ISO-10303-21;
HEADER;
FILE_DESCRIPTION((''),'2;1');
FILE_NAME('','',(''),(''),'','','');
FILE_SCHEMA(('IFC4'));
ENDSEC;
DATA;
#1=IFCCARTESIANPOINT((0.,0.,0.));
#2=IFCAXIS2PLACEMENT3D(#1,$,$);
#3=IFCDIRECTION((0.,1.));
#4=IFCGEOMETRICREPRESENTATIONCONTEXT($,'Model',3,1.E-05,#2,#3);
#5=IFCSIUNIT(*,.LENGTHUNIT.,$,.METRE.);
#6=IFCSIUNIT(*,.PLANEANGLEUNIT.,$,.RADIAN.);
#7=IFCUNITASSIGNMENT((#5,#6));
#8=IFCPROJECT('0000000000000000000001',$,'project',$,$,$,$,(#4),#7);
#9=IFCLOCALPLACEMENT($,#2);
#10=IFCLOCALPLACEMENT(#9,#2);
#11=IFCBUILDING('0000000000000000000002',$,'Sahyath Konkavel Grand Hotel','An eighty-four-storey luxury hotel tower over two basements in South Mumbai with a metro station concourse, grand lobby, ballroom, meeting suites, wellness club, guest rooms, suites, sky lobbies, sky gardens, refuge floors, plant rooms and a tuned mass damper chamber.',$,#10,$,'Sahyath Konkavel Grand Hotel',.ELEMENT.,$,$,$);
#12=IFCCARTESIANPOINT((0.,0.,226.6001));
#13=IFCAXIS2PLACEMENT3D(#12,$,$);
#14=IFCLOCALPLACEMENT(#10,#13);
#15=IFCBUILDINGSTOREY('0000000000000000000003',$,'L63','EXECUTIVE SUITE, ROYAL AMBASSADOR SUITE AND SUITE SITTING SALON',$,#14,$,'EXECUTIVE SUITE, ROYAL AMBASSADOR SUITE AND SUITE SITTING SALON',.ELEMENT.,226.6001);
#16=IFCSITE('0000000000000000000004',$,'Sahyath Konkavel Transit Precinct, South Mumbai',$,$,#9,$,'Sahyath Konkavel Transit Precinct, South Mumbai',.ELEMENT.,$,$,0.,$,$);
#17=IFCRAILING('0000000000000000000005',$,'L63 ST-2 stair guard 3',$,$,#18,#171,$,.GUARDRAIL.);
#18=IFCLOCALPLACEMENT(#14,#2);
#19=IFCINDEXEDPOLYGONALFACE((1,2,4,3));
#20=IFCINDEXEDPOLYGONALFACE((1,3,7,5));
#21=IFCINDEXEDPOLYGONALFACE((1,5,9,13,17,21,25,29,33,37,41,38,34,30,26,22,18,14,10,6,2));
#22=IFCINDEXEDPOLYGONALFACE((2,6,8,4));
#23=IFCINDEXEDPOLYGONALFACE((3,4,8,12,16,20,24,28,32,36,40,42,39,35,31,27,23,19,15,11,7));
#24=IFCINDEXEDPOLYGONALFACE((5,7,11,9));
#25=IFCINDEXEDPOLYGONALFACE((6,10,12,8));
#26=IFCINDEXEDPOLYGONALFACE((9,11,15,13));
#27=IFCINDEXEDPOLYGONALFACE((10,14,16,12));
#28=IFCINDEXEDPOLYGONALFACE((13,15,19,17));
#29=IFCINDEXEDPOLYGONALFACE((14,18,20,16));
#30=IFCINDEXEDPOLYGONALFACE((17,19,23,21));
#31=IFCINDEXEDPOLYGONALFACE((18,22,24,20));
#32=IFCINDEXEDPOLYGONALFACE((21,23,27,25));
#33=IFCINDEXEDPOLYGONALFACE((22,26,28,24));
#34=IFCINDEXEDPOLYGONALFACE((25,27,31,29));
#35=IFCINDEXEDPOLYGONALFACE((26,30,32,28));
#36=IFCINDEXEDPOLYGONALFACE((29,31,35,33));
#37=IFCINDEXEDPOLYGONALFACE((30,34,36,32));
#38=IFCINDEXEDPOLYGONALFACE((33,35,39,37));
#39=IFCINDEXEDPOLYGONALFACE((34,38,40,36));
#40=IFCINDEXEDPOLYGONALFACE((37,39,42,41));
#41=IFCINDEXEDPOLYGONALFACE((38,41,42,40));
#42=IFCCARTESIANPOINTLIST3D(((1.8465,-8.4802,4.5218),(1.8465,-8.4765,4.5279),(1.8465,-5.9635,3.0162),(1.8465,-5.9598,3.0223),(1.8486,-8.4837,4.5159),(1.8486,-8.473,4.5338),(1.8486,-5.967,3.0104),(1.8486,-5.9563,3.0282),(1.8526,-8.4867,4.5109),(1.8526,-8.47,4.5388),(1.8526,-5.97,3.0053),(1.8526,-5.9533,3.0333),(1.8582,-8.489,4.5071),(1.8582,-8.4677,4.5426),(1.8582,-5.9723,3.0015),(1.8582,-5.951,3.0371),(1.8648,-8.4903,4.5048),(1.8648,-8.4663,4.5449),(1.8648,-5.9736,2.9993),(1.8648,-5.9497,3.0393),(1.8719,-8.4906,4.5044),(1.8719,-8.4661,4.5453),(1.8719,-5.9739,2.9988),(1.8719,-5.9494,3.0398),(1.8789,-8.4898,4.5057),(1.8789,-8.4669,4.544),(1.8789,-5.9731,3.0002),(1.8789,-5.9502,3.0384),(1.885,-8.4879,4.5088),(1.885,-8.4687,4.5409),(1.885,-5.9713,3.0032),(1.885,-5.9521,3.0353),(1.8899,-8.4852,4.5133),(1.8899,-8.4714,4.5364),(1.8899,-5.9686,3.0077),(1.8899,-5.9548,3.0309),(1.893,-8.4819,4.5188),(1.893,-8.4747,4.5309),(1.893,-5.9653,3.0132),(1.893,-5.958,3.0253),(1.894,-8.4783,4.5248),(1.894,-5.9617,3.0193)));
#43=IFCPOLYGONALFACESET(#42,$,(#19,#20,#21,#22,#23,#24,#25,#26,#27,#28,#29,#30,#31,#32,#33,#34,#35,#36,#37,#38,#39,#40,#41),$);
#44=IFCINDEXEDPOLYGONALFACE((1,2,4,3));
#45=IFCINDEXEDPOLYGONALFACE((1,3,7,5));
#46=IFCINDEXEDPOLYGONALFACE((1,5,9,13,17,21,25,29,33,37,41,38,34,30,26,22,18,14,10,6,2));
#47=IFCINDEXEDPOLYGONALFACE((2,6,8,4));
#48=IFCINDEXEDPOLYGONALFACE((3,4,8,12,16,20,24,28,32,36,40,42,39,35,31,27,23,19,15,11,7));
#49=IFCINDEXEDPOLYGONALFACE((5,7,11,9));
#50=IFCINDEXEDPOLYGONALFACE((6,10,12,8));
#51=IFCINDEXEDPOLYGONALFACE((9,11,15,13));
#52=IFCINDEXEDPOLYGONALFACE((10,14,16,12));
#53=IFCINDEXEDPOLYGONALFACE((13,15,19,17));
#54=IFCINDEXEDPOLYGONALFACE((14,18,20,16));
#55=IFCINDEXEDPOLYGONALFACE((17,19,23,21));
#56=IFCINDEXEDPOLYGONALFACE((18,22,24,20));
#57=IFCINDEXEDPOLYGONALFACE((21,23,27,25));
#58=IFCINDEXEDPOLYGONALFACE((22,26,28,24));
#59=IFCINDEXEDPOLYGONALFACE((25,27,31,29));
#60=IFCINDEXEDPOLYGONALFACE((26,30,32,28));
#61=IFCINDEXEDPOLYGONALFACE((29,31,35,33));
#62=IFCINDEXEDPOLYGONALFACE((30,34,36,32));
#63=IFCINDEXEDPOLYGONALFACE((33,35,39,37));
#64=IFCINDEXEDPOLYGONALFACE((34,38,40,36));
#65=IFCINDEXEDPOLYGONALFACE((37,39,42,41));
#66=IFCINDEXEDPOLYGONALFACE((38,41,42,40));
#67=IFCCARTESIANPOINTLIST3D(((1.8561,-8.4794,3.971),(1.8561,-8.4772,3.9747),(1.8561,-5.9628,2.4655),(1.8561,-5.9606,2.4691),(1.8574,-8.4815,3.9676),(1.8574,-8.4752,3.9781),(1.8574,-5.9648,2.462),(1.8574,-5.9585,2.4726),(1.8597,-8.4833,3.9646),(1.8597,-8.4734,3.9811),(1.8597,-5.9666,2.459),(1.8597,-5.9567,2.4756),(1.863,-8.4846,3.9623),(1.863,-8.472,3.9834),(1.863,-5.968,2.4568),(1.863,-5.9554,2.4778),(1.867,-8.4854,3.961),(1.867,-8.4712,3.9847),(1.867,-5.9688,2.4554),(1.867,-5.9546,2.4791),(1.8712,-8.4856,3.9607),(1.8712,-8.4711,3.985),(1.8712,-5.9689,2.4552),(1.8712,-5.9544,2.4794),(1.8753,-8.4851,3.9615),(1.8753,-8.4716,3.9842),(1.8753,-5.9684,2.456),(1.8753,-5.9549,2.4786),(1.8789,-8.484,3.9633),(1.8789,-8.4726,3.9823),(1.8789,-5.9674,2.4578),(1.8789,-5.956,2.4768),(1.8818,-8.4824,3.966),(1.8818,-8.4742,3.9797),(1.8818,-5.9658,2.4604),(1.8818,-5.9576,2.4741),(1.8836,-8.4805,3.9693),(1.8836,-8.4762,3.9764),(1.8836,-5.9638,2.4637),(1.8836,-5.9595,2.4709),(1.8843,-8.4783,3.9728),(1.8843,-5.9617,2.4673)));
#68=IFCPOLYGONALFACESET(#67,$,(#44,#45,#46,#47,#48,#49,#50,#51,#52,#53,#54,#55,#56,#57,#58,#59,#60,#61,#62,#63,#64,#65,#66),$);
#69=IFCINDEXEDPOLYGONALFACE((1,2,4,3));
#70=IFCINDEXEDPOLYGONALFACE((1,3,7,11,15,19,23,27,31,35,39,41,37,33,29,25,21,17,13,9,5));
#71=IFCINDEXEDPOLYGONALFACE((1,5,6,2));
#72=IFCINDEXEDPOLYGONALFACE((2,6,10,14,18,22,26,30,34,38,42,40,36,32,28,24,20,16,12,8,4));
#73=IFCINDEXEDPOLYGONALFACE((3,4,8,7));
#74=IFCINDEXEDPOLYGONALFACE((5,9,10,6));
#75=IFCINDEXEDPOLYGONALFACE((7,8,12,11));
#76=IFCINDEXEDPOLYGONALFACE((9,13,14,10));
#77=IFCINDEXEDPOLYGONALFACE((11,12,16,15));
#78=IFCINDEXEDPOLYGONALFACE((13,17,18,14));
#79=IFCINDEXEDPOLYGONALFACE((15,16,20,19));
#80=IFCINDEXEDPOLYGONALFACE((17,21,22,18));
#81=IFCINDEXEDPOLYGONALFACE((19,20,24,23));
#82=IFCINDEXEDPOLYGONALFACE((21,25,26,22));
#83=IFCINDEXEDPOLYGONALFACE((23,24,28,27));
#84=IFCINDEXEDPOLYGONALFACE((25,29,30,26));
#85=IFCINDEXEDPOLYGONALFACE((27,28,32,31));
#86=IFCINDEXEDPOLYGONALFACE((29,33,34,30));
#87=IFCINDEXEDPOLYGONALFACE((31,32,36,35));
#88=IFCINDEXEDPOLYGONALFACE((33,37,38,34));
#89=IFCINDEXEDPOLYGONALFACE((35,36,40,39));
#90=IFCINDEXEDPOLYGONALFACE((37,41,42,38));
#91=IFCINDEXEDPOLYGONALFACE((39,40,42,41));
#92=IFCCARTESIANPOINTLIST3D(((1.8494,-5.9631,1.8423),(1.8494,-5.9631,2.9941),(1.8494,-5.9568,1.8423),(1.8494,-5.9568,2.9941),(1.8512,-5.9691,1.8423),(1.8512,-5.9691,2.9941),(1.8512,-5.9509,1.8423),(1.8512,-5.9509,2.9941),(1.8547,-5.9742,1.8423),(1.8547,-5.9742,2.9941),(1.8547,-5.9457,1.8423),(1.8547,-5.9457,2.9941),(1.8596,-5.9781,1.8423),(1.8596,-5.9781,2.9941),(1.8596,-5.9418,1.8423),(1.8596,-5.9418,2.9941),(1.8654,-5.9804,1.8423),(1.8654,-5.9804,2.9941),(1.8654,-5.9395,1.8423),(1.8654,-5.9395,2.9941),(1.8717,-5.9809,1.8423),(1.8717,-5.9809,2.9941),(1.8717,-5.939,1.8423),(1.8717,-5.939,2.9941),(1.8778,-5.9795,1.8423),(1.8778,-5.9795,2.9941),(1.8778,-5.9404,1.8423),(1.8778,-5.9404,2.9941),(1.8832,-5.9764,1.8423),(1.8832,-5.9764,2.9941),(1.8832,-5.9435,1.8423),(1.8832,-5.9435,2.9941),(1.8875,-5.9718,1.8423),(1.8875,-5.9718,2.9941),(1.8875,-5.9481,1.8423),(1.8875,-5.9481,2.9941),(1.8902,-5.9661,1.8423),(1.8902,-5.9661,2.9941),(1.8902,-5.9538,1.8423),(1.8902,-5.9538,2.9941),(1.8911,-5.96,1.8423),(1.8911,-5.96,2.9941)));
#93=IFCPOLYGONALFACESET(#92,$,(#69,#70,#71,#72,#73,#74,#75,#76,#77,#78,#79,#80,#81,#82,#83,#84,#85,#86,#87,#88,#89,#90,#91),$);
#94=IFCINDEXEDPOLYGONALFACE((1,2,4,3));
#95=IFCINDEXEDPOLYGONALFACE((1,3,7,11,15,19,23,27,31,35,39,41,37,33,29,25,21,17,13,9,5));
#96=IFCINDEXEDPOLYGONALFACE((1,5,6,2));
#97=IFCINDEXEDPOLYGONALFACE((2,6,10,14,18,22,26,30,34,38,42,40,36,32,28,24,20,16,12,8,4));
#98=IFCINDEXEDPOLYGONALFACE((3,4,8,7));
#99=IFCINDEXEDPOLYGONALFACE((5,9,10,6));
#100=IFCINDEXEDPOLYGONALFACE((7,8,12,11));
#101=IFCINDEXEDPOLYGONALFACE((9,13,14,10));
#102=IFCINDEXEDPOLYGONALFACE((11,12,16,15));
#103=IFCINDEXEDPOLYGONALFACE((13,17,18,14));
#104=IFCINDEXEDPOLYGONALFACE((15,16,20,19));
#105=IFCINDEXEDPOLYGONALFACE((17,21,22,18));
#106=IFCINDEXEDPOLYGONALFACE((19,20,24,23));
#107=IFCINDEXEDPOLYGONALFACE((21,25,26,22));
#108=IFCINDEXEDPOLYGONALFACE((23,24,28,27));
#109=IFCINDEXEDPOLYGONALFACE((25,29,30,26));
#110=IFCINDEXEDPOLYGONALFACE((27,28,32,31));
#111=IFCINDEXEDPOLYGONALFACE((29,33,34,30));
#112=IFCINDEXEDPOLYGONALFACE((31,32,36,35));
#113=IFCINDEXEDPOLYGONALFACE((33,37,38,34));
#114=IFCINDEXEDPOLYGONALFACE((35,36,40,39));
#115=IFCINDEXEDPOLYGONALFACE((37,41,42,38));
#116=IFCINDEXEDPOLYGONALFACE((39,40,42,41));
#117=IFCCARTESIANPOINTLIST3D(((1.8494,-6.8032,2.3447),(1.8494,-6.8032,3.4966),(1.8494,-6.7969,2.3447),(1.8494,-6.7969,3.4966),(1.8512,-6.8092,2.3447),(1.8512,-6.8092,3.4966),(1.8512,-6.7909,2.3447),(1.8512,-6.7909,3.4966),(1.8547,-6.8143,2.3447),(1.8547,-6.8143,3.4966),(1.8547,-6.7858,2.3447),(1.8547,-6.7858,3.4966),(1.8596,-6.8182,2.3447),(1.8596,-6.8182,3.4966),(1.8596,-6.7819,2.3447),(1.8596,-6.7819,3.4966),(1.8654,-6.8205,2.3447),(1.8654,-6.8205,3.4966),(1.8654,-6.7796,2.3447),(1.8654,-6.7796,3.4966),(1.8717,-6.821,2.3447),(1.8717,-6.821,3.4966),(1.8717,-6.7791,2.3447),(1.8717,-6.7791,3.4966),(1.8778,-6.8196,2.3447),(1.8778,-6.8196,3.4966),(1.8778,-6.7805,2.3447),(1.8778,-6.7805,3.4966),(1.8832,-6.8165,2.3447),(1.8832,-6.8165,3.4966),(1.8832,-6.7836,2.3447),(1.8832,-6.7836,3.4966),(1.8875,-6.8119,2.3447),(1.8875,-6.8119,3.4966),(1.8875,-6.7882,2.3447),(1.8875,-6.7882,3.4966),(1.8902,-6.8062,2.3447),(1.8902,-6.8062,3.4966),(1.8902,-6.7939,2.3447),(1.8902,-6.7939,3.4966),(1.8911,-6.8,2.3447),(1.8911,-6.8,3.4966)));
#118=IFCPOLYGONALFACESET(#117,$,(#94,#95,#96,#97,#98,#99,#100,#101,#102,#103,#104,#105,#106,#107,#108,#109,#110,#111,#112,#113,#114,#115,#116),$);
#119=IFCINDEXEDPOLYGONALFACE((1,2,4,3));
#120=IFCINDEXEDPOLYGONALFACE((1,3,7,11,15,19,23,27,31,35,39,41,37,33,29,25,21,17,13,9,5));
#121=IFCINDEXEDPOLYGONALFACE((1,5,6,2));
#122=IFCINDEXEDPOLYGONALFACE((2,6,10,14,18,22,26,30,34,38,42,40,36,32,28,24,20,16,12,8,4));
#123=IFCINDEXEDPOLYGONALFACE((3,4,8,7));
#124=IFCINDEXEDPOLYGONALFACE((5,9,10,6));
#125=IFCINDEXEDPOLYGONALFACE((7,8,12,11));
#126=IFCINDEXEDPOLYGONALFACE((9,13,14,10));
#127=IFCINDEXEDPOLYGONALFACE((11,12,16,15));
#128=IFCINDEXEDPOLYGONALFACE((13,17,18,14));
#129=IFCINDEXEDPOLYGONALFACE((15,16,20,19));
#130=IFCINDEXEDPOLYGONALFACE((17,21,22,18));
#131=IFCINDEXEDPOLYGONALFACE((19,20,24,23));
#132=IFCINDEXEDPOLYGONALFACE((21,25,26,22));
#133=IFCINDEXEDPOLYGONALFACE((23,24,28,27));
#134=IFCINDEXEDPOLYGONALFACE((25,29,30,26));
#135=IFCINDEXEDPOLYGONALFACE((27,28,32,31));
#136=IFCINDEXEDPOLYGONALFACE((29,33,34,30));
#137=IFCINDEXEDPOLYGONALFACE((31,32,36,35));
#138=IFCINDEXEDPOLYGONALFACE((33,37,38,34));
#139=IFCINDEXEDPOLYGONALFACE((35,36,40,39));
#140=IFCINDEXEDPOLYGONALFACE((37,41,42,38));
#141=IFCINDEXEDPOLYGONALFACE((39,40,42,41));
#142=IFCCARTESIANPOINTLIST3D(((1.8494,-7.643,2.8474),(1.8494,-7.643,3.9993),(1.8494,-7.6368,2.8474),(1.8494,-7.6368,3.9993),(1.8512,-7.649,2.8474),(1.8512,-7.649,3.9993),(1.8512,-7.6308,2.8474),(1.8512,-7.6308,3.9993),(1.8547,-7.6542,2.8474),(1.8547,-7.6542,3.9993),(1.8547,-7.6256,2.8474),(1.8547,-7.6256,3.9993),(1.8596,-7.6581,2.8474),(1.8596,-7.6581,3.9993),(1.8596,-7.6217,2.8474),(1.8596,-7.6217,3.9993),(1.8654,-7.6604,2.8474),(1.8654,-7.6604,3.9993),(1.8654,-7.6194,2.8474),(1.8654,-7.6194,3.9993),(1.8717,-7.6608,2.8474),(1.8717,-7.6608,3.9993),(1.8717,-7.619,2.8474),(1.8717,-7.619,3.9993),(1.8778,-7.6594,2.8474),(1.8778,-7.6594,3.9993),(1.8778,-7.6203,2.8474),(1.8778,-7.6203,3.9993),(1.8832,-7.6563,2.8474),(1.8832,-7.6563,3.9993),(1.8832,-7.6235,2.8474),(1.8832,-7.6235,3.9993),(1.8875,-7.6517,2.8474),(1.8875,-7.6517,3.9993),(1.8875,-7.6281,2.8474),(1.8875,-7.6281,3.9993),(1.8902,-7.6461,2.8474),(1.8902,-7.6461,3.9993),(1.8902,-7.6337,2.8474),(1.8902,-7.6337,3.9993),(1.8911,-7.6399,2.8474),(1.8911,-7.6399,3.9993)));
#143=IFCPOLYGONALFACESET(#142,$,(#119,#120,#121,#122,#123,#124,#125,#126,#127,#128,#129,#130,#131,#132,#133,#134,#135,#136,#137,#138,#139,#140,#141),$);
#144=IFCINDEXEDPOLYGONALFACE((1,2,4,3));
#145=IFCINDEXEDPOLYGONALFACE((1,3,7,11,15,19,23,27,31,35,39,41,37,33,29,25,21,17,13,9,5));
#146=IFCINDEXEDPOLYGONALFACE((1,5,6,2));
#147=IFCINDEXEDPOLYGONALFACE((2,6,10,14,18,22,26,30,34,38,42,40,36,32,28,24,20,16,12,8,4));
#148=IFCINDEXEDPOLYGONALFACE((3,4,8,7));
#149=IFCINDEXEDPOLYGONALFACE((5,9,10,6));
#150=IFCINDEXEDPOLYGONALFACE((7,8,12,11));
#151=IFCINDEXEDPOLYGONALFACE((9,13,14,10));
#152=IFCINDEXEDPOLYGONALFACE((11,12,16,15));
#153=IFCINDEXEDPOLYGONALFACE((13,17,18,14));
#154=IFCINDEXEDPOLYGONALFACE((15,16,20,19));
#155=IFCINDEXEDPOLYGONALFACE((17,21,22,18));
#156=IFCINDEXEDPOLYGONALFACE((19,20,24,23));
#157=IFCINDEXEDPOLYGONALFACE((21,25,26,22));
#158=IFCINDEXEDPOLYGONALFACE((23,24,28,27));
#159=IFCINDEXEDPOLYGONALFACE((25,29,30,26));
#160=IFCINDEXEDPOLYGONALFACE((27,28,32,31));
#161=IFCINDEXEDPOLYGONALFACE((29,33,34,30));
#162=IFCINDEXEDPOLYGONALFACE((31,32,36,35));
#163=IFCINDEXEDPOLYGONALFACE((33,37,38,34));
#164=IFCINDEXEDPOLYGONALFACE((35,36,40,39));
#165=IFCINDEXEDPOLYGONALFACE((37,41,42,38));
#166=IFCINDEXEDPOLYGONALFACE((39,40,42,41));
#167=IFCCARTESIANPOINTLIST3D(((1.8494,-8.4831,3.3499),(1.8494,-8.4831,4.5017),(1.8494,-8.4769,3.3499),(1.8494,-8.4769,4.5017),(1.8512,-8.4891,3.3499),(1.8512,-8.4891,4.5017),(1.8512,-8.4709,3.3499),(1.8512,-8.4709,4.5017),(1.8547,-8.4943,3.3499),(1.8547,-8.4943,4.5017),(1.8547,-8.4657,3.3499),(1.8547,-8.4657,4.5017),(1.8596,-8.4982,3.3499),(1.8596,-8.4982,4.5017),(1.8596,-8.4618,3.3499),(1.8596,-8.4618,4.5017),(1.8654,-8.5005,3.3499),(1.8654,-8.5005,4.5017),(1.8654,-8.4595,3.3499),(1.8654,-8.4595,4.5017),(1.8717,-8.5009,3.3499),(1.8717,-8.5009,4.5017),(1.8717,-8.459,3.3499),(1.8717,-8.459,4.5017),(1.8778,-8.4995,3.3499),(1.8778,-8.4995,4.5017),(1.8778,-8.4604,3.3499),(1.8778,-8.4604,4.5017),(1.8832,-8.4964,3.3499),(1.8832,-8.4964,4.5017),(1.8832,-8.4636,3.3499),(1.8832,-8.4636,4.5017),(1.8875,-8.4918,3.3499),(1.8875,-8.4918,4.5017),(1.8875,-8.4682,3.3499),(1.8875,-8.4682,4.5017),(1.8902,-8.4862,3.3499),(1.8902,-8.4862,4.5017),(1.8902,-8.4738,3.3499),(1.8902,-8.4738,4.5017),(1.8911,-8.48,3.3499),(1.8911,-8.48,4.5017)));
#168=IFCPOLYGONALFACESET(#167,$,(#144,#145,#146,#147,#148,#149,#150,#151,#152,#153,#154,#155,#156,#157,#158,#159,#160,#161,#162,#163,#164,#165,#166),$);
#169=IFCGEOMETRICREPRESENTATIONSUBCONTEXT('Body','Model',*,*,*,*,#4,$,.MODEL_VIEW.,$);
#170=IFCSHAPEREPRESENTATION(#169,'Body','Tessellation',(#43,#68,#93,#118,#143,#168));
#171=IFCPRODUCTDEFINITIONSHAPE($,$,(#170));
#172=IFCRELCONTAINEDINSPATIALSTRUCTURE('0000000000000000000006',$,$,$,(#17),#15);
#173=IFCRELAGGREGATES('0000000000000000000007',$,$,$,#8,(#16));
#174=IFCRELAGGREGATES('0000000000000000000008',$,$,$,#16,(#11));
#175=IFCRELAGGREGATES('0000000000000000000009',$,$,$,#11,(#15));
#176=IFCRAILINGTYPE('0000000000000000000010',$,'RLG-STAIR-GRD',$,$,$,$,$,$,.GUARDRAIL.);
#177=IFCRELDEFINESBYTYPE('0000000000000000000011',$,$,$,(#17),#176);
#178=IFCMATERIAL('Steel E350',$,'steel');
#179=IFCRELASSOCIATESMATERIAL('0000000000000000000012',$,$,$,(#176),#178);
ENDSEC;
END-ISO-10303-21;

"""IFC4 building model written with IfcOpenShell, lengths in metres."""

from ifc_helpers import new_model, si_unit, direction, frame, origin, origin_2d, place, context, subcontext, project, spatial, circle, extrude, material, type_object, element, save


model = new_model("IFC4")

# Units and contexts
model_context = context("Model", 3, precision=1e-05, world=origin(), true_north=direction((0.0, 1.0)))
body_context = subcontext(model_context, "Body", "Model", "MODEL_VIEW")
ifc_project = project(units=[si_unit("LENGTHUNIT", "METRE"), si_unit("PLANEANGLEUNIT", "RADIAN")], contexts=[model_context])

# Site, building, storey
site_placement = place(None, origin())
site = spatial("IfcSite", under=ifc_project, at=site_placement, Name="Sahyath Konkavel Transit Precinct, South Mumbai", LongName="Sahyath Konkavel Transit Precinct, South Mumbai", CompositionType="ELEMENT", RefElevation=0.0)
building_placement = place(site_placement, origin())
building = spatial("IfcBuilding", under=site, at=building_placement, Name="Sahyath Konkavel Grand Hotel", Description="An eighty-four-storey luxury hotel tower over two basements in South Mumbai with a metro station concourse, grand lobby, ballroom, meeting suites, wellness club, guest rooms, suites, sky lobbies, sky gardens, refuge floors, plant rooms and a tuned mass damper chamber.", LongName="Sahyath Konkavel Grand Hotel", CompositionType="ELEMENT")
storey_placement = place(building_placement, frame((0.0, 0.0, 226.6001)))
storey = spatial("IfcBuildingStorey", under=building, at=storey_placement, Name="L63", Description="EXECUTIVE SUITE, ROYAL AMBASSADOR SUITE AND SUITE SITTING SALON", LongName="EXECUTIVE SUITE, ROYAL AMBASSADOR SUITE AND SUITE SITTING SALON", CompositionType="ELEMENT", Elevation=226.6001)

# Shared definitions
ifc_material_1 = material(Name="Steel E350", Category="steel")

# Railing
railing_type_1 = type_object("IfcRailingType", Name="RLG-STAIR-GRD", PredefinedType="GUARDRAIL", material=ifc_material_1)
railing_1_placement = place(storey_placement, frame((1.8701, -5.96, 1.8423)))
element("IfcRailing", 1, at=railing_1_placement, inside=storey, type_object=railing_type_1, Name="L63 ST-2 stair guard 3", PredefinedType="GUARDRAIL", context=body_context, shape_type="SweptSolid", body=[
    extrude(circle(Radius=0.0239, at=origin_2d()), frame((0.0, -0.0017, 1.177), z_axis=(0.0, -0.85816, 0.513383), x_axis=(1.0, 0.0, 0.0)), (0.0, 0.0, 1.0), 2.9326),
    extrude(circle(Radius=0.0142, at=origin_2d()), frame((0.0, -0.0017, 0.625), z_axis=(0.0, -0.85816, 0.513383), x_axis=(1.0, 0.0, 0.0)), (0.0, 0.0, 1.0), 2.9326),
    extrude(circle(Radius=0.021, at=origin_2d()), origin(), (0.0, 0.0, 1.0), 1.1519),
    extrude(circle(Radius=0.021, at=origin_2d()), frame((0.0, -0.8401, 0.5024)), (0.0, 0.0, 1.0), 1.1519),
    extrude(circle(Radius=0.021, at=origin_2d()), frame((0.0, -1.6799, 1.0051)), (0.0, 0.0, 1.0), 1.1519),
    extrude(circle(Radius=0.021, at=origin_2d()), frame((0.0, -2.52, 1.5076)), (0.0, 0.0, 1.0), 1.1519),
])

save(model, "model.ifc")
